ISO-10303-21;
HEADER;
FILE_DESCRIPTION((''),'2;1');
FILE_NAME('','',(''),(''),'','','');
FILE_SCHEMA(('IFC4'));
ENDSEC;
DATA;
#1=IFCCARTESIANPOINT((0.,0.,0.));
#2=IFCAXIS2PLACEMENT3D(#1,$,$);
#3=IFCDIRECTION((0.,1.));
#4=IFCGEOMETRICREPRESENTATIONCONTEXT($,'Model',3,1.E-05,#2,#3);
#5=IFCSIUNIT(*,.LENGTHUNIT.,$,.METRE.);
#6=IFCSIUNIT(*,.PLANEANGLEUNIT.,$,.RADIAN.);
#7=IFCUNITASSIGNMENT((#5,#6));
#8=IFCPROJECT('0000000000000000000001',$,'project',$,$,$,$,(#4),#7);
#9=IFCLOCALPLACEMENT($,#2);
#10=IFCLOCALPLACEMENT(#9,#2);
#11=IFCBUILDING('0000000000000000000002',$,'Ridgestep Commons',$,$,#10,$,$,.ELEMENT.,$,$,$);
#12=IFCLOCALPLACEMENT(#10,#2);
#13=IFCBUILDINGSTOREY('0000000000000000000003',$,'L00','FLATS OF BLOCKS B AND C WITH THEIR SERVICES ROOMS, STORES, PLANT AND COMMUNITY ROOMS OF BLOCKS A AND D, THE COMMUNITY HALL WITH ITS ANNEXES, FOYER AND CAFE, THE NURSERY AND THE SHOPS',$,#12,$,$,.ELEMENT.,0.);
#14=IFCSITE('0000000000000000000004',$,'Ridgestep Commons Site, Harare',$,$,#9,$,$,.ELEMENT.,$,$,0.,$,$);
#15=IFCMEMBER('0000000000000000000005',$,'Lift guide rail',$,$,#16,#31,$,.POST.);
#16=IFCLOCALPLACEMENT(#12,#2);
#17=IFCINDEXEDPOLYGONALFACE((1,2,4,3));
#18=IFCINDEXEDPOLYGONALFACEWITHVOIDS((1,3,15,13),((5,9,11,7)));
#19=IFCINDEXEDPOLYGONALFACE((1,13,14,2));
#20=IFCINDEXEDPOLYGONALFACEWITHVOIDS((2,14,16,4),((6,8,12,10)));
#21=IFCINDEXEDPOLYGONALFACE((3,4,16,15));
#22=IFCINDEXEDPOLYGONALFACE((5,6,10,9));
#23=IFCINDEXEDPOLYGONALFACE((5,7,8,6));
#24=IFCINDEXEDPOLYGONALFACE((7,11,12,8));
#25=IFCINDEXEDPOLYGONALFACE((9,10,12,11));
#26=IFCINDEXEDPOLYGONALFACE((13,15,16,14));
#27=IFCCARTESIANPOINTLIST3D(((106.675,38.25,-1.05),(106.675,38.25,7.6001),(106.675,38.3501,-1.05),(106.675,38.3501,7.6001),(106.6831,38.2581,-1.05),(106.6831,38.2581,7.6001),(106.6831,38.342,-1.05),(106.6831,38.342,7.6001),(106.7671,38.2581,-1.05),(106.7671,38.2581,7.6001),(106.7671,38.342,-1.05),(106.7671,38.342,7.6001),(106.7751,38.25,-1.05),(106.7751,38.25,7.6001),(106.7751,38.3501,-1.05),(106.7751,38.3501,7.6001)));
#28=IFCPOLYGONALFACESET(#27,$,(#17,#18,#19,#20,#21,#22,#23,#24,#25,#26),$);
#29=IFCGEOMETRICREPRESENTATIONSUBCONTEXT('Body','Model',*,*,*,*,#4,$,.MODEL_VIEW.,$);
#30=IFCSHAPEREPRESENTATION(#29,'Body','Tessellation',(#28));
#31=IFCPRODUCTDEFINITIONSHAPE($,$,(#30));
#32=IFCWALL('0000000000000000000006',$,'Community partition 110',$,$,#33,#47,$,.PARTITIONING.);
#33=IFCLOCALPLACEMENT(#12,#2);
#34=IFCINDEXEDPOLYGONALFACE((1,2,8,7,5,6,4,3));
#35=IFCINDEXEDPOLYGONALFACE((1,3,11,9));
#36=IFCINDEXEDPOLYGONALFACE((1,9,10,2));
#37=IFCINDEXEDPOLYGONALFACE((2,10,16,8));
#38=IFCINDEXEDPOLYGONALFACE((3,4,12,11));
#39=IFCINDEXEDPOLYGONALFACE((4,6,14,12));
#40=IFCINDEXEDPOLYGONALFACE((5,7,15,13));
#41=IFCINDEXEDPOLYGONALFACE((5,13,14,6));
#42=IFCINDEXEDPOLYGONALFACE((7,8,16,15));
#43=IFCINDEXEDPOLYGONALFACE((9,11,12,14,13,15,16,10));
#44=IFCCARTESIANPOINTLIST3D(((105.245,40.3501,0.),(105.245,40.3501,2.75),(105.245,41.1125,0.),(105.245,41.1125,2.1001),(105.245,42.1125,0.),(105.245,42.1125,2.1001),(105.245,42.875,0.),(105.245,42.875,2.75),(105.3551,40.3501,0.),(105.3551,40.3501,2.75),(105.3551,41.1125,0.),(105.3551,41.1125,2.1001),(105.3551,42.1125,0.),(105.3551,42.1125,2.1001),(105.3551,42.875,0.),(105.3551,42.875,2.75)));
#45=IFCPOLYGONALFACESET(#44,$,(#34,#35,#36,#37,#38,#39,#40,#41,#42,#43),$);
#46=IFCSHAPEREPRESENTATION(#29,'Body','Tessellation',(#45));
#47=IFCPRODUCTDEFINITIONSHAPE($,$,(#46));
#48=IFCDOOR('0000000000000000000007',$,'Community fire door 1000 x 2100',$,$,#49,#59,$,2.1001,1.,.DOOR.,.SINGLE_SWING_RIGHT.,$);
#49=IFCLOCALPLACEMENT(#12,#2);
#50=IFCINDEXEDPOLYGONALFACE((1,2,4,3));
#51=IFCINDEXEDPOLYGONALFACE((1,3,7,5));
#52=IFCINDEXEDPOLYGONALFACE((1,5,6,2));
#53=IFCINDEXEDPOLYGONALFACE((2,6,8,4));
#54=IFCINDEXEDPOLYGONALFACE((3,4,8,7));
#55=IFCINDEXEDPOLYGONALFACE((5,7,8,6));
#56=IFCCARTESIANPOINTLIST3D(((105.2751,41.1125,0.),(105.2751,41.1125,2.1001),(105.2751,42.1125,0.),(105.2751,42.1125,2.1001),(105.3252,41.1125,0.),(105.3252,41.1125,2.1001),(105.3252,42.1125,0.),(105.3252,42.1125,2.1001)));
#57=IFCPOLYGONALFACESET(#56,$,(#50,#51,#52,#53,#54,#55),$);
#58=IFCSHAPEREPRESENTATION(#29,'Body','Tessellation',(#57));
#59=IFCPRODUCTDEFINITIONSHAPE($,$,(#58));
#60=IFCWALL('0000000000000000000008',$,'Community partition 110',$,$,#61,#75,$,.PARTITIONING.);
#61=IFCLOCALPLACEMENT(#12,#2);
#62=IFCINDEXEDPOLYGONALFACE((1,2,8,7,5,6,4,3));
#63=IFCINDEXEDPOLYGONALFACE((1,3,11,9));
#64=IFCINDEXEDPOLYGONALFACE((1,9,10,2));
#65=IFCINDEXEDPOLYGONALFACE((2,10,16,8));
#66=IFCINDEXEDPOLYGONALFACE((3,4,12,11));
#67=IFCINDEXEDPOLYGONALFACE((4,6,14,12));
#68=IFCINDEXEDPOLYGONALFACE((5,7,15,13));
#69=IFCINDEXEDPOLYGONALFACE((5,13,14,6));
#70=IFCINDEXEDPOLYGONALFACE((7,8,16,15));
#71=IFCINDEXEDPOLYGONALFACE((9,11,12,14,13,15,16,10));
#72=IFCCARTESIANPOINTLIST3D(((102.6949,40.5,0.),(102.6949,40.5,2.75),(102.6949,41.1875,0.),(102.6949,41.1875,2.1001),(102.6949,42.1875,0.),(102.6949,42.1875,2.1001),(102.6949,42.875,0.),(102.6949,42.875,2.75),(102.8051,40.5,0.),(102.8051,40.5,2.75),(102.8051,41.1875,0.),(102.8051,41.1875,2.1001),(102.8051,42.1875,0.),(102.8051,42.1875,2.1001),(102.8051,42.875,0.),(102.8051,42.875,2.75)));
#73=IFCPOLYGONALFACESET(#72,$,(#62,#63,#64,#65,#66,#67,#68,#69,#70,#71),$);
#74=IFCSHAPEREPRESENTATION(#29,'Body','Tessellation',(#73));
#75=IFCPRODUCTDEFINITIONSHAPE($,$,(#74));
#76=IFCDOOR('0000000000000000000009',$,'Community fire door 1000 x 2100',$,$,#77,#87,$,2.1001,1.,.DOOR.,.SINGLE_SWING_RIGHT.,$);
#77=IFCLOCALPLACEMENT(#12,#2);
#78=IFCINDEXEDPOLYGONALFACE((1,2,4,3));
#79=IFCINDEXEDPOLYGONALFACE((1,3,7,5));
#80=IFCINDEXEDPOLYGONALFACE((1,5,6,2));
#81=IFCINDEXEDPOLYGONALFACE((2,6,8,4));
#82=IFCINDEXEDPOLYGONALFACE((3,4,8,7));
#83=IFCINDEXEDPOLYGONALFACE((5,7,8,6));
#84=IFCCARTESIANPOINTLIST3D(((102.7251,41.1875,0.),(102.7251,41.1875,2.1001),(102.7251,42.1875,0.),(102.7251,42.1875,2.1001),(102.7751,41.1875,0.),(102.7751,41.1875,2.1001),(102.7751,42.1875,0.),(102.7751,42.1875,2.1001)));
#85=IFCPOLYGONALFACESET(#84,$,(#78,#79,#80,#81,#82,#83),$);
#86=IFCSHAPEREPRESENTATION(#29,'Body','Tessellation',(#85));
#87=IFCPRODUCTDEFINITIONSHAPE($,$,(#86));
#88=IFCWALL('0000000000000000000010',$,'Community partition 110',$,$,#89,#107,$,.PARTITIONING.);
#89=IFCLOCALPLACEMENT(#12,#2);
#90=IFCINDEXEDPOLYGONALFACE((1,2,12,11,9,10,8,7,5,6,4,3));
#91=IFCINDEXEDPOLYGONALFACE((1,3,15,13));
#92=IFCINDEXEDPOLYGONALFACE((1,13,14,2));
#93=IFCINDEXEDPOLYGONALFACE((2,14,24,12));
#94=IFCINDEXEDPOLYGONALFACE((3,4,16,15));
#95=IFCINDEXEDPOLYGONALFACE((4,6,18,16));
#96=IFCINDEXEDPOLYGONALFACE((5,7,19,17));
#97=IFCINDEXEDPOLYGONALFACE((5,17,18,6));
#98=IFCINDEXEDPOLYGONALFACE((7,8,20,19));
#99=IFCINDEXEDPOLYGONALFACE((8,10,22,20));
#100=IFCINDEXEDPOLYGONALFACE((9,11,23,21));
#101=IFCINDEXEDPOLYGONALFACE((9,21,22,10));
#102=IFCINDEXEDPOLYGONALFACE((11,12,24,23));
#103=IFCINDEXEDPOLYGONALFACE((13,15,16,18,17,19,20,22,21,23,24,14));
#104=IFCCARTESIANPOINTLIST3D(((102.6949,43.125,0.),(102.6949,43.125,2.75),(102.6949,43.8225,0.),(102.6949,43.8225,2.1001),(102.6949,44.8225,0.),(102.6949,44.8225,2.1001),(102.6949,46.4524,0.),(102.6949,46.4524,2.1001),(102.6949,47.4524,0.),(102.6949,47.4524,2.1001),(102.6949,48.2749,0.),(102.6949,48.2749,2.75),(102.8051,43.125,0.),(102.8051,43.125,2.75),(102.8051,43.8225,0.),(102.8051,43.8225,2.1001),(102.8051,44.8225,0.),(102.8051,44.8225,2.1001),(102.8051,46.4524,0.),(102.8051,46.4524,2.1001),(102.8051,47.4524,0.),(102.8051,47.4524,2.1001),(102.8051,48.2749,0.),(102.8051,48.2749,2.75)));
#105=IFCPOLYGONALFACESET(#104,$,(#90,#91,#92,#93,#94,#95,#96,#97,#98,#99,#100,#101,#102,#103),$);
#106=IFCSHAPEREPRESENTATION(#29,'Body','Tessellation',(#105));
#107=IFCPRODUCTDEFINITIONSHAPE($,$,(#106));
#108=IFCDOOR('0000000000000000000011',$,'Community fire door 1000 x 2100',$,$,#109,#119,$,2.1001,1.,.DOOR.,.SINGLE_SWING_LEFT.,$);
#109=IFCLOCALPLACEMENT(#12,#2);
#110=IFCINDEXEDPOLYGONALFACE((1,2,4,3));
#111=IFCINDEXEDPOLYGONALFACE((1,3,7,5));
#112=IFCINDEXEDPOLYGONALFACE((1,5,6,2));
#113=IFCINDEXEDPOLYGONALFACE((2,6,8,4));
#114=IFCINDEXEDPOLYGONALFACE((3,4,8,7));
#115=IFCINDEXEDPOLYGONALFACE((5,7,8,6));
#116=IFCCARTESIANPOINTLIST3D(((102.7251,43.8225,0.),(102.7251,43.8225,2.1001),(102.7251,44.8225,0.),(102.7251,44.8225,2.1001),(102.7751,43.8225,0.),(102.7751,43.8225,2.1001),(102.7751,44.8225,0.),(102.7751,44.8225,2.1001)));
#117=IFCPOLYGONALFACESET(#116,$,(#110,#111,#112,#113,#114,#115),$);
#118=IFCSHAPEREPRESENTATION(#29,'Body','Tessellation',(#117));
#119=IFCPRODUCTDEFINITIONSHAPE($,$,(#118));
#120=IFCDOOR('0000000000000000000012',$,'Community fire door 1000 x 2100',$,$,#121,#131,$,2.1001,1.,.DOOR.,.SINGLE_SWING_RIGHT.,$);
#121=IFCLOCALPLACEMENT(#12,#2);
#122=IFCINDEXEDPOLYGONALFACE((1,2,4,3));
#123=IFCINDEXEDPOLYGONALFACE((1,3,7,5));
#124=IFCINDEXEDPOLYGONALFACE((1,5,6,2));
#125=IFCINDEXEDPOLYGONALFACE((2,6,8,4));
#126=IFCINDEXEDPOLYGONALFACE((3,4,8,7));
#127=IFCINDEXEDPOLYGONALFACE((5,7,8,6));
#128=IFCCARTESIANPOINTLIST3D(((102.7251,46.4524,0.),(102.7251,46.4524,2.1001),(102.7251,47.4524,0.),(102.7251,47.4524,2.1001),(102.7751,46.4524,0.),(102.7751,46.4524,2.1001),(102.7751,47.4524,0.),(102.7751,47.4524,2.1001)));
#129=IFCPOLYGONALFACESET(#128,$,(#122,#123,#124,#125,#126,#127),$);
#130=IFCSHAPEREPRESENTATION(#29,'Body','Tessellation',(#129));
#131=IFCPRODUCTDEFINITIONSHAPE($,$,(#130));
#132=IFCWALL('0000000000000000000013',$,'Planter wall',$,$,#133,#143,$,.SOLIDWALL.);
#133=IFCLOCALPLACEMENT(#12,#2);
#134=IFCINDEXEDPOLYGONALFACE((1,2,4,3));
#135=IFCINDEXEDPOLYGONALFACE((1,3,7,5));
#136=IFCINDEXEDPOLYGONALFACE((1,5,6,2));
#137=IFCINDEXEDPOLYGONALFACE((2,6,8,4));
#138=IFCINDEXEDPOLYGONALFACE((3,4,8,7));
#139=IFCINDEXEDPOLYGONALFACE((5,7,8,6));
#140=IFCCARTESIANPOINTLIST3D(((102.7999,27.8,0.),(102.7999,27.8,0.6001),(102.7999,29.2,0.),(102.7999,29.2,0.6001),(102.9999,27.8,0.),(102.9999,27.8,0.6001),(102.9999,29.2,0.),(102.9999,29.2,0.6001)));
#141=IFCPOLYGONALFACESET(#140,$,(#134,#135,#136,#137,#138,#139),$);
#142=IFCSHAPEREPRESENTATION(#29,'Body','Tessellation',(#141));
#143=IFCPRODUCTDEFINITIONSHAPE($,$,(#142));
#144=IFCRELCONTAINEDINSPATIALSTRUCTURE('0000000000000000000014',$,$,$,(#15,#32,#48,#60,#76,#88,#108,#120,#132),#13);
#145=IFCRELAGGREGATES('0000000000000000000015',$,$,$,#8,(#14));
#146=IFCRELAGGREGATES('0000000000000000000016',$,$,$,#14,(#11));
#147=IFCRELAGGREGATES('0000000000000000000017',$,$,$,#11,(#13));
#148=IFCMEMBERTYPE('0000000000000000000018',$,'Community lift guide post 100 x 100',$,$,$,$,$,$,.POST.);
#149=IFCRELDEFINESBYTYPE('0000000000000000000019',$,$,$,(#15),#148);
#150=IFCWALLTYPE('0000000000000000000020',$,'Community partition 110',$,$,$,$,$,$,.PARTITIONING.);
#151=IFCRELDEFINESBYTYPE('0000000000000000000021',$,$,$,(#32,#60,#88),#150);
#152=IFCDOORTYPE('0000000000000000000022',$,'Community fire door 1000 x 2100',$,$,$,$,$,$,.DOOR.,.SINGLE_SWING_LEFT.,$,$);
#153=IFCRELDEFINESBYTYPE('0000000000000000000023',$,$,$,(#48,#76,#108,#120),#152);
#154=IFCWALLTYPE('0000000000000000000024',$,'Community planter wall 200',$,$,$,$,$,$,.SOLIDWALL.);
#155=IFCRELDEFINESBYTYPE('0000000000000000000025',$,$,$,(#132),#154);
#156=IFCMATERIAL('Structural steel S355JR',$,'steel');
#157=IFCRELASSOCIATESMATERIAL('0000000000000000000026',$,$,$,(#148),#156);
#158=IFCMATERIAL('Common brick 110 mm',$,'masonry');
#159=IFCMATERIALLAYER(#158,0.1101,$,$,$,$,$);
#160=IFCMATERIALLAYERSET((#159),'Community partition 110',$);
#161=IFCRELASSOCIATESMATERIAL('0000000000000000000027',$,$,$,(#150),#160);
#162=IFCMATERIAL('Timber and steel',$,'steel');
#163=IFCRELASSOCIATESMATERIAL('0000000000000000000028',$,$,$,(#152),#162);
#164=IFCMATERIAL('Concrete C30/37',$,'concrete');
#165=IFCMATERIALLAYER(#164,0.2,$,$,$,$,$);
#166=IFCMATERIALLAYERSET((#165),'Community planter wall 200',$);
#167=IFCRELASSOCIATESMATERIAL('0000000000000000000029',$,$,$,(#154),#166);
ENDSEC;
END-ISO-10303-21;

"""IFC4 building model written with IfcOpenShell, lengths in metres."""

from ifc_helpers import new_model, si_unit, direction, frame, frame_2d, origin, origin_2d, place, context, subcontext, project, spatial, rectangle, hollow_rectangle, extrude, material, layer, layer_set, material_profile, profile_set, type_object, element, fill, save


model = new_model("IFC4")

# Units and contexts
model_context = context("Model", 3, precision=1e-05, world=origin(), true_north=direction((0.0, 1.0)))
body_context = subcontext(model_context, "Body", "Model", "MODEL_VIEW")
ifc_project = project(units=[si_unit("LENGTHUNIT", "METRE"), si_unit("PLANEANGLEUNIT", "RADIAN")], contexts=[model_context])

# Site, building, storey
site_placement = place(None, origin())
site = spatial("IfcSite", under=ifc_project, at=site_placement, Name="Ridgestep Commons Site, Harare", CompositionType="ELEMENT", RefElevation=0.0)
building_placement = place(site_placement, origin())
building = spatial("IfcBuilding", under=site, at=building_placement, Name="Ridgestep Commons", CompositionType="ELEMENT")
storey_placement = place(building_placement, origin())
storey = spatial("IfcBuildingStorey", under=building, at=storey_placement, Name="L00", Description="FLATS OF BLOCKS B AND C WITH THEIR SERVICES ROOMS, STORES, PLANT AND COMMUNITY ROOMS OF BLOCKS A AND D, THE COMMUNITY HALL WITH ITS ANNEXES, FOYER AND CAFE, THE NURSERY AND THE SHOPS", CompositionType="ELEMENT", Elevation=0.0)

# Member
ifc_material_1 = material(Name="Structural steel S355JR", Category="steel")
ifc_material_profile = material_profile(ifc_material_1, hollow_rectangle(XDim=0.1001, YDim=0.1001, WallThickness=0.0081, at=origin_2d()), Name="RHS 100x100x8")
ifc_profile_set = profile_set([ifc_material_profile], Name="Structural steel S355JR")
member_type = type_object("IfcMemberType", Name="Community lift guide post 100 x 100", PredefinedType="POST", material=ifc_profile_set)
member_placement = place(storey_placement, frame((106.7251, 38.3, -1.05), z_axis=(0.0, 0.0, 1.0), x_axis=(1.0, 0.0, 0.0)))
element("IfcMember", 1, at=member_placement, inside=storey, type_object=member_type, Name="Lift guide rail", PredefinedType="POST", context=body_context, shape_type="SweptSolid", body=[
    extrude(hollow_rectangle(XDim=0.1001, YDim=0.1001, WallThickness=0.0081, at=origin_2d()), origin(), (0.0, 0.0, 1.0), 8.6501),
])

# Walls, openings, doors
ifc_material_2 = material(Name="Common brick 110 mm", Category="masonry")
ifc_layer_1 = layer(ifc_material_2, 0.1101)
ifc_layer_set_1 = layer_set([ifc_layer_1], Name="Community partition 110")
wall_type_1 = type_object("IfcWallType", Name="Community partition 110", PredefinedType="PARTITIONING", material=ifc_layer_set_1)
wall_1_placement = place(storey_placement, frame((105.3, 40.3501, 0.0), z_axis=(0.0, 0.0, 1.0), x_axis=(0.0, 1.0, 0.0)))
wall_1 = element("IfcWall", 2, at=wall_1_placement, inside=storey, type_object=wall_type_1, Name="Community partition 110", PredefinedType="PARTITIONING", context=body_context, shape_type="SweptSolid", body=[
    extrude(rectangle(XDim=2.5249, YDim=0.1101, at=frame_2d((1.2625, 0.0))), origin(), (0.0, 0.0, 1.0), 2.75),
])
opening_1_placement = place(wall_1_placement, frame((0.7625, 0.0, 0.0)))
opening_1 = element("IfcOpeningElement", 3, at=opening_1_placement, cuts=wall_1, PredefinedType="OPENING", context=body_context, shape_type="SweptSolid", body=[
    extrude(rectangle(XDim=1.0, YDim=2.1001, at=frame_2d((0.5, 1.05))), frame((0.0, 0.0649, 0.0), z_axis=(0.0, -1.0, 0.0), x_axis=(1.0, 0.0, 0.0)), (0.0, 0.0, 1.0), 0.1301),
])
ifc_material_3 = material(Name="Timber and steel", Category="steel")
door_type_1 = type_object("IfcDoorType", Name="Community fire door 1000 x 2100", OperationType="SINGLE_SWING_LEFT", PredefinedType="DOOR", material=ifc_material_3)
door_1_placement = place(opening_1_placement, origin())
door_1 = element("IfcDoor", 4, at=door_1_placement, inside=storey, type_object=door_type_1, Name="Community fire door 1000 x 2100", OperationType="SINGLE_SWING_RIGHT", OverallHeight=2.1001, OverallWidth=1.0, PredefinedType="DOOR", context=body_context, shape_type="SweptSolid", body=[
    extrude(rectangle(XDim=1.0, YDim=2.1001, at=frame_2d((0.5, 1.05))), frame((0.0, 0.0249, 0.0), z_axis=(0.0, -1.0, 0.0), x_axis=(1.0, 0.0, 0.0)), (0.0, 0.0, 1.0), 0.05),
])
fill(opening_1, door_1)
wall_2_placement = place(storey_placement, frame((102.75, 40.5, 0.0), z_axis=(0.0, 0.0, 1.0), x_axis=(0.0, 1.0, 0.0)))
wall_2 = element("IfcWall", 5, at=wall_2_placement, inside=storey, type_object=wall_type_1, Name="Community partition 110", PredefinedType="PARTITIONING", context=body_context, shape_type="SweptSolid", body=[
    extrude(rectangle(XDim=2.375, YDim=0.1101, at=frame_2d((1.1875, 0.0))), origin(), (0.0, 0.0, 1.0), 2.75),
])
opening_2_placement = place(wall_2_placement, frame((0.6875, 0.0, 0.0)))
opening_2 = element("IfcOpeningElement", 6, at=opening_2_placement, cuts=wall_2, PredefinedType="OPENING", context=body_context, shape_type="SweptSolid", body=[
    extrude(rectangle(XDim=1.0, YDim=2.1001, at=frame_2d((0.5, 1.05))), frame((0.0, 0.0649, 0.0), z_axis=(0.0, -1.0, 0.0), x_axis=(1.0, 0.0, 0.0)), (0.0, 0.0, 1.0), 0.1301),
])
door_2_placement = place(opening_2_placement, origin())
door_2 = element("IfcDoor", 7, at=door_2_placement, inside=storey, type_object=door_type_1, Name="Community fire door 1000 x 2100", OperationType="SINGLE_SWING_RIGHT", OverallHeight=2.1001, OverallWidth=1.0, PredefinedType="DOOR", context=body_context, shape_type="SweptSolid", body=[
    extrude(rectangle(XDim=1.0, YDim=2.1001, at=frame_2d((0.5, 1.05))), frame((0.0, 0.0249, 0.0), z_axis=(0.0, -1.0, 0.0), x_axis=(1.0, 0.0, 0.0)), (0.0, 0.0, 1.0), 0.05),
])
fill(opening_2, door_2)

# Wall, openings, doors
wall_3_placement = place(storey_placement, frame((102.75, 43.125, 0.0), z_axis=(0.0, 0.0, 1.0), x_axis=(0.0, 1.0, 0.0)))
wall_3 = element("IfcWall", 8, at=wall_3_placement, inside=storey, type_object=wall_type_1, Name="Community partition 110", PredefinedType="PARTITIONING", context=body_context, shape_type="SweptSolid", body=[
    extrude(rectangle(XDim=5.1499, YDim=0.1101, at=frame_2d((2.575, 0.0))), origin(), (0.0, 0.0, 1.0), 2.75),
])
opening_3_placement = place(wall_3_placement, frame((0.6975, 0.0, 0.0)))
opening_3 = element("IfcOpeningElement", 9, at=opening_3_placement, cuts=wall_3, PredefinedType="OPENING", context=body_context, shape_type="SweptSolid", body=[
    extrude(rectangle(XDim=1.0, YDim=2.1001, at=frame_2d((0.5, 1.05))), frame((0.0, 0.0649, 0.0), z_axis=(0.0, -1.0, 0.0), x_axis=(1.0, 0.0, 0.0)), (0.0, 0.0, 1.0), 0.1301),
])
opening_4_placement = place(wall_3_placement, frame((3.3274, 0.0, 0.0)))
opening_4 = element("IfcOpeningElement", 10, at=opening_4_placement, cuts=wall_3, PredefinedType="OPENING", context=body_context, shape_type="SweptSolid", body=[
    extrude(rectangle(XDim=1.0, YDim=2.1001, at=frame_2d((0.5, 1.05))), frame((0.0, 0.0649, 0.0), z_axis=(0.0, -1.0, 0.0), x_axis=(1.0, 0.0, 0.0)), (0.0, 0.0, 1.0), 0.1301),
])
door_3_placement = place(opening_3_placement, origin())
door_3 = element("IfcDoor", 11, at=door_3_placement, inside=storey, type_object=door_type_1, Name="Community fire door 1000 x 2100", OperationType="SINGLE_SWING_LEFT", OverallHeight=2.1001, OverallWidth=1.0, PredefinedType="DOOR", context=body_context, shape_type="SweptSolid", body=[
    extrude(rectangle(XDim=1.0, YDim=2.1001, at=frame_2d((0.5, 1.05))), frame((0.0, 0.0249, 0.0), z_axis=(0.0, -1.0, 0.0), x_axis=(1.0, 0.0, 0.0)), (0.0, 0.0, 1.0), 0.05),
])
fill(opening_3, door_3)
door_4_placement = place(opening_4_placement, origin())
door_4 = element("IfcDoor", 12, at=door_4_placement, inside=storey, type_object=door_type_1, Name="Community fire door 1000 x 2100", OperationType="SINGLE_SWING_RIGHT", OverallHeight=2.1001, OverallWidth=1.0, PredefinedType="DOOR", context=body_context, shape_type="SweptSolid", body=[
    extrude(rectangle(XDim=1.0, YDim=2.1001, at=frame_2d((0.5, 1.05))), frame((0.0, 0.0249, 0.0), z_axis=(0.0, -1.0, 0.0), x_axis=(1.0, 0.0, 0.0)), (0.0, 0.0, 1.0), 0.05),
])
fill(opening_4, door_4)

# Wall
ifc_material_4 = material(Name="Concrete C30/37", Category="concrete")
ifc_layer_2 = layer(ifc_material_4, 0.2)
ifc_layer_set_2 = layer_set([ifc_layer_2], Name="Community planter wall 200")
wall_type_2 = type_object("IfcWallType", Name="Community planter wall 200", PredefinedType="SOLIDWALL", material=ifc_layer_set_2)
wall_4_placement = place(storey_placement, frame((102.8999, 27.8, 0.0), z_axis=(0.0, 0.0, 1.0), x_axis=(0.0, 1.0, 0.0)))
element("IfcWall", 13, at=wall_4_placement, inside=storey, type_object=wall_type_2, Name="Planter wall", PredefinedType="SOLIDWALL", context=body_context, shape_type="SweptSolid", body=[
    extrude(rectangle(XDim=1.3999, YDim=0.2, at=frame_2d((0.7, 0.0))), origin(), (0.0, 0.0, 1.0), 0.6001),
])

save(model, "model.ifc")
